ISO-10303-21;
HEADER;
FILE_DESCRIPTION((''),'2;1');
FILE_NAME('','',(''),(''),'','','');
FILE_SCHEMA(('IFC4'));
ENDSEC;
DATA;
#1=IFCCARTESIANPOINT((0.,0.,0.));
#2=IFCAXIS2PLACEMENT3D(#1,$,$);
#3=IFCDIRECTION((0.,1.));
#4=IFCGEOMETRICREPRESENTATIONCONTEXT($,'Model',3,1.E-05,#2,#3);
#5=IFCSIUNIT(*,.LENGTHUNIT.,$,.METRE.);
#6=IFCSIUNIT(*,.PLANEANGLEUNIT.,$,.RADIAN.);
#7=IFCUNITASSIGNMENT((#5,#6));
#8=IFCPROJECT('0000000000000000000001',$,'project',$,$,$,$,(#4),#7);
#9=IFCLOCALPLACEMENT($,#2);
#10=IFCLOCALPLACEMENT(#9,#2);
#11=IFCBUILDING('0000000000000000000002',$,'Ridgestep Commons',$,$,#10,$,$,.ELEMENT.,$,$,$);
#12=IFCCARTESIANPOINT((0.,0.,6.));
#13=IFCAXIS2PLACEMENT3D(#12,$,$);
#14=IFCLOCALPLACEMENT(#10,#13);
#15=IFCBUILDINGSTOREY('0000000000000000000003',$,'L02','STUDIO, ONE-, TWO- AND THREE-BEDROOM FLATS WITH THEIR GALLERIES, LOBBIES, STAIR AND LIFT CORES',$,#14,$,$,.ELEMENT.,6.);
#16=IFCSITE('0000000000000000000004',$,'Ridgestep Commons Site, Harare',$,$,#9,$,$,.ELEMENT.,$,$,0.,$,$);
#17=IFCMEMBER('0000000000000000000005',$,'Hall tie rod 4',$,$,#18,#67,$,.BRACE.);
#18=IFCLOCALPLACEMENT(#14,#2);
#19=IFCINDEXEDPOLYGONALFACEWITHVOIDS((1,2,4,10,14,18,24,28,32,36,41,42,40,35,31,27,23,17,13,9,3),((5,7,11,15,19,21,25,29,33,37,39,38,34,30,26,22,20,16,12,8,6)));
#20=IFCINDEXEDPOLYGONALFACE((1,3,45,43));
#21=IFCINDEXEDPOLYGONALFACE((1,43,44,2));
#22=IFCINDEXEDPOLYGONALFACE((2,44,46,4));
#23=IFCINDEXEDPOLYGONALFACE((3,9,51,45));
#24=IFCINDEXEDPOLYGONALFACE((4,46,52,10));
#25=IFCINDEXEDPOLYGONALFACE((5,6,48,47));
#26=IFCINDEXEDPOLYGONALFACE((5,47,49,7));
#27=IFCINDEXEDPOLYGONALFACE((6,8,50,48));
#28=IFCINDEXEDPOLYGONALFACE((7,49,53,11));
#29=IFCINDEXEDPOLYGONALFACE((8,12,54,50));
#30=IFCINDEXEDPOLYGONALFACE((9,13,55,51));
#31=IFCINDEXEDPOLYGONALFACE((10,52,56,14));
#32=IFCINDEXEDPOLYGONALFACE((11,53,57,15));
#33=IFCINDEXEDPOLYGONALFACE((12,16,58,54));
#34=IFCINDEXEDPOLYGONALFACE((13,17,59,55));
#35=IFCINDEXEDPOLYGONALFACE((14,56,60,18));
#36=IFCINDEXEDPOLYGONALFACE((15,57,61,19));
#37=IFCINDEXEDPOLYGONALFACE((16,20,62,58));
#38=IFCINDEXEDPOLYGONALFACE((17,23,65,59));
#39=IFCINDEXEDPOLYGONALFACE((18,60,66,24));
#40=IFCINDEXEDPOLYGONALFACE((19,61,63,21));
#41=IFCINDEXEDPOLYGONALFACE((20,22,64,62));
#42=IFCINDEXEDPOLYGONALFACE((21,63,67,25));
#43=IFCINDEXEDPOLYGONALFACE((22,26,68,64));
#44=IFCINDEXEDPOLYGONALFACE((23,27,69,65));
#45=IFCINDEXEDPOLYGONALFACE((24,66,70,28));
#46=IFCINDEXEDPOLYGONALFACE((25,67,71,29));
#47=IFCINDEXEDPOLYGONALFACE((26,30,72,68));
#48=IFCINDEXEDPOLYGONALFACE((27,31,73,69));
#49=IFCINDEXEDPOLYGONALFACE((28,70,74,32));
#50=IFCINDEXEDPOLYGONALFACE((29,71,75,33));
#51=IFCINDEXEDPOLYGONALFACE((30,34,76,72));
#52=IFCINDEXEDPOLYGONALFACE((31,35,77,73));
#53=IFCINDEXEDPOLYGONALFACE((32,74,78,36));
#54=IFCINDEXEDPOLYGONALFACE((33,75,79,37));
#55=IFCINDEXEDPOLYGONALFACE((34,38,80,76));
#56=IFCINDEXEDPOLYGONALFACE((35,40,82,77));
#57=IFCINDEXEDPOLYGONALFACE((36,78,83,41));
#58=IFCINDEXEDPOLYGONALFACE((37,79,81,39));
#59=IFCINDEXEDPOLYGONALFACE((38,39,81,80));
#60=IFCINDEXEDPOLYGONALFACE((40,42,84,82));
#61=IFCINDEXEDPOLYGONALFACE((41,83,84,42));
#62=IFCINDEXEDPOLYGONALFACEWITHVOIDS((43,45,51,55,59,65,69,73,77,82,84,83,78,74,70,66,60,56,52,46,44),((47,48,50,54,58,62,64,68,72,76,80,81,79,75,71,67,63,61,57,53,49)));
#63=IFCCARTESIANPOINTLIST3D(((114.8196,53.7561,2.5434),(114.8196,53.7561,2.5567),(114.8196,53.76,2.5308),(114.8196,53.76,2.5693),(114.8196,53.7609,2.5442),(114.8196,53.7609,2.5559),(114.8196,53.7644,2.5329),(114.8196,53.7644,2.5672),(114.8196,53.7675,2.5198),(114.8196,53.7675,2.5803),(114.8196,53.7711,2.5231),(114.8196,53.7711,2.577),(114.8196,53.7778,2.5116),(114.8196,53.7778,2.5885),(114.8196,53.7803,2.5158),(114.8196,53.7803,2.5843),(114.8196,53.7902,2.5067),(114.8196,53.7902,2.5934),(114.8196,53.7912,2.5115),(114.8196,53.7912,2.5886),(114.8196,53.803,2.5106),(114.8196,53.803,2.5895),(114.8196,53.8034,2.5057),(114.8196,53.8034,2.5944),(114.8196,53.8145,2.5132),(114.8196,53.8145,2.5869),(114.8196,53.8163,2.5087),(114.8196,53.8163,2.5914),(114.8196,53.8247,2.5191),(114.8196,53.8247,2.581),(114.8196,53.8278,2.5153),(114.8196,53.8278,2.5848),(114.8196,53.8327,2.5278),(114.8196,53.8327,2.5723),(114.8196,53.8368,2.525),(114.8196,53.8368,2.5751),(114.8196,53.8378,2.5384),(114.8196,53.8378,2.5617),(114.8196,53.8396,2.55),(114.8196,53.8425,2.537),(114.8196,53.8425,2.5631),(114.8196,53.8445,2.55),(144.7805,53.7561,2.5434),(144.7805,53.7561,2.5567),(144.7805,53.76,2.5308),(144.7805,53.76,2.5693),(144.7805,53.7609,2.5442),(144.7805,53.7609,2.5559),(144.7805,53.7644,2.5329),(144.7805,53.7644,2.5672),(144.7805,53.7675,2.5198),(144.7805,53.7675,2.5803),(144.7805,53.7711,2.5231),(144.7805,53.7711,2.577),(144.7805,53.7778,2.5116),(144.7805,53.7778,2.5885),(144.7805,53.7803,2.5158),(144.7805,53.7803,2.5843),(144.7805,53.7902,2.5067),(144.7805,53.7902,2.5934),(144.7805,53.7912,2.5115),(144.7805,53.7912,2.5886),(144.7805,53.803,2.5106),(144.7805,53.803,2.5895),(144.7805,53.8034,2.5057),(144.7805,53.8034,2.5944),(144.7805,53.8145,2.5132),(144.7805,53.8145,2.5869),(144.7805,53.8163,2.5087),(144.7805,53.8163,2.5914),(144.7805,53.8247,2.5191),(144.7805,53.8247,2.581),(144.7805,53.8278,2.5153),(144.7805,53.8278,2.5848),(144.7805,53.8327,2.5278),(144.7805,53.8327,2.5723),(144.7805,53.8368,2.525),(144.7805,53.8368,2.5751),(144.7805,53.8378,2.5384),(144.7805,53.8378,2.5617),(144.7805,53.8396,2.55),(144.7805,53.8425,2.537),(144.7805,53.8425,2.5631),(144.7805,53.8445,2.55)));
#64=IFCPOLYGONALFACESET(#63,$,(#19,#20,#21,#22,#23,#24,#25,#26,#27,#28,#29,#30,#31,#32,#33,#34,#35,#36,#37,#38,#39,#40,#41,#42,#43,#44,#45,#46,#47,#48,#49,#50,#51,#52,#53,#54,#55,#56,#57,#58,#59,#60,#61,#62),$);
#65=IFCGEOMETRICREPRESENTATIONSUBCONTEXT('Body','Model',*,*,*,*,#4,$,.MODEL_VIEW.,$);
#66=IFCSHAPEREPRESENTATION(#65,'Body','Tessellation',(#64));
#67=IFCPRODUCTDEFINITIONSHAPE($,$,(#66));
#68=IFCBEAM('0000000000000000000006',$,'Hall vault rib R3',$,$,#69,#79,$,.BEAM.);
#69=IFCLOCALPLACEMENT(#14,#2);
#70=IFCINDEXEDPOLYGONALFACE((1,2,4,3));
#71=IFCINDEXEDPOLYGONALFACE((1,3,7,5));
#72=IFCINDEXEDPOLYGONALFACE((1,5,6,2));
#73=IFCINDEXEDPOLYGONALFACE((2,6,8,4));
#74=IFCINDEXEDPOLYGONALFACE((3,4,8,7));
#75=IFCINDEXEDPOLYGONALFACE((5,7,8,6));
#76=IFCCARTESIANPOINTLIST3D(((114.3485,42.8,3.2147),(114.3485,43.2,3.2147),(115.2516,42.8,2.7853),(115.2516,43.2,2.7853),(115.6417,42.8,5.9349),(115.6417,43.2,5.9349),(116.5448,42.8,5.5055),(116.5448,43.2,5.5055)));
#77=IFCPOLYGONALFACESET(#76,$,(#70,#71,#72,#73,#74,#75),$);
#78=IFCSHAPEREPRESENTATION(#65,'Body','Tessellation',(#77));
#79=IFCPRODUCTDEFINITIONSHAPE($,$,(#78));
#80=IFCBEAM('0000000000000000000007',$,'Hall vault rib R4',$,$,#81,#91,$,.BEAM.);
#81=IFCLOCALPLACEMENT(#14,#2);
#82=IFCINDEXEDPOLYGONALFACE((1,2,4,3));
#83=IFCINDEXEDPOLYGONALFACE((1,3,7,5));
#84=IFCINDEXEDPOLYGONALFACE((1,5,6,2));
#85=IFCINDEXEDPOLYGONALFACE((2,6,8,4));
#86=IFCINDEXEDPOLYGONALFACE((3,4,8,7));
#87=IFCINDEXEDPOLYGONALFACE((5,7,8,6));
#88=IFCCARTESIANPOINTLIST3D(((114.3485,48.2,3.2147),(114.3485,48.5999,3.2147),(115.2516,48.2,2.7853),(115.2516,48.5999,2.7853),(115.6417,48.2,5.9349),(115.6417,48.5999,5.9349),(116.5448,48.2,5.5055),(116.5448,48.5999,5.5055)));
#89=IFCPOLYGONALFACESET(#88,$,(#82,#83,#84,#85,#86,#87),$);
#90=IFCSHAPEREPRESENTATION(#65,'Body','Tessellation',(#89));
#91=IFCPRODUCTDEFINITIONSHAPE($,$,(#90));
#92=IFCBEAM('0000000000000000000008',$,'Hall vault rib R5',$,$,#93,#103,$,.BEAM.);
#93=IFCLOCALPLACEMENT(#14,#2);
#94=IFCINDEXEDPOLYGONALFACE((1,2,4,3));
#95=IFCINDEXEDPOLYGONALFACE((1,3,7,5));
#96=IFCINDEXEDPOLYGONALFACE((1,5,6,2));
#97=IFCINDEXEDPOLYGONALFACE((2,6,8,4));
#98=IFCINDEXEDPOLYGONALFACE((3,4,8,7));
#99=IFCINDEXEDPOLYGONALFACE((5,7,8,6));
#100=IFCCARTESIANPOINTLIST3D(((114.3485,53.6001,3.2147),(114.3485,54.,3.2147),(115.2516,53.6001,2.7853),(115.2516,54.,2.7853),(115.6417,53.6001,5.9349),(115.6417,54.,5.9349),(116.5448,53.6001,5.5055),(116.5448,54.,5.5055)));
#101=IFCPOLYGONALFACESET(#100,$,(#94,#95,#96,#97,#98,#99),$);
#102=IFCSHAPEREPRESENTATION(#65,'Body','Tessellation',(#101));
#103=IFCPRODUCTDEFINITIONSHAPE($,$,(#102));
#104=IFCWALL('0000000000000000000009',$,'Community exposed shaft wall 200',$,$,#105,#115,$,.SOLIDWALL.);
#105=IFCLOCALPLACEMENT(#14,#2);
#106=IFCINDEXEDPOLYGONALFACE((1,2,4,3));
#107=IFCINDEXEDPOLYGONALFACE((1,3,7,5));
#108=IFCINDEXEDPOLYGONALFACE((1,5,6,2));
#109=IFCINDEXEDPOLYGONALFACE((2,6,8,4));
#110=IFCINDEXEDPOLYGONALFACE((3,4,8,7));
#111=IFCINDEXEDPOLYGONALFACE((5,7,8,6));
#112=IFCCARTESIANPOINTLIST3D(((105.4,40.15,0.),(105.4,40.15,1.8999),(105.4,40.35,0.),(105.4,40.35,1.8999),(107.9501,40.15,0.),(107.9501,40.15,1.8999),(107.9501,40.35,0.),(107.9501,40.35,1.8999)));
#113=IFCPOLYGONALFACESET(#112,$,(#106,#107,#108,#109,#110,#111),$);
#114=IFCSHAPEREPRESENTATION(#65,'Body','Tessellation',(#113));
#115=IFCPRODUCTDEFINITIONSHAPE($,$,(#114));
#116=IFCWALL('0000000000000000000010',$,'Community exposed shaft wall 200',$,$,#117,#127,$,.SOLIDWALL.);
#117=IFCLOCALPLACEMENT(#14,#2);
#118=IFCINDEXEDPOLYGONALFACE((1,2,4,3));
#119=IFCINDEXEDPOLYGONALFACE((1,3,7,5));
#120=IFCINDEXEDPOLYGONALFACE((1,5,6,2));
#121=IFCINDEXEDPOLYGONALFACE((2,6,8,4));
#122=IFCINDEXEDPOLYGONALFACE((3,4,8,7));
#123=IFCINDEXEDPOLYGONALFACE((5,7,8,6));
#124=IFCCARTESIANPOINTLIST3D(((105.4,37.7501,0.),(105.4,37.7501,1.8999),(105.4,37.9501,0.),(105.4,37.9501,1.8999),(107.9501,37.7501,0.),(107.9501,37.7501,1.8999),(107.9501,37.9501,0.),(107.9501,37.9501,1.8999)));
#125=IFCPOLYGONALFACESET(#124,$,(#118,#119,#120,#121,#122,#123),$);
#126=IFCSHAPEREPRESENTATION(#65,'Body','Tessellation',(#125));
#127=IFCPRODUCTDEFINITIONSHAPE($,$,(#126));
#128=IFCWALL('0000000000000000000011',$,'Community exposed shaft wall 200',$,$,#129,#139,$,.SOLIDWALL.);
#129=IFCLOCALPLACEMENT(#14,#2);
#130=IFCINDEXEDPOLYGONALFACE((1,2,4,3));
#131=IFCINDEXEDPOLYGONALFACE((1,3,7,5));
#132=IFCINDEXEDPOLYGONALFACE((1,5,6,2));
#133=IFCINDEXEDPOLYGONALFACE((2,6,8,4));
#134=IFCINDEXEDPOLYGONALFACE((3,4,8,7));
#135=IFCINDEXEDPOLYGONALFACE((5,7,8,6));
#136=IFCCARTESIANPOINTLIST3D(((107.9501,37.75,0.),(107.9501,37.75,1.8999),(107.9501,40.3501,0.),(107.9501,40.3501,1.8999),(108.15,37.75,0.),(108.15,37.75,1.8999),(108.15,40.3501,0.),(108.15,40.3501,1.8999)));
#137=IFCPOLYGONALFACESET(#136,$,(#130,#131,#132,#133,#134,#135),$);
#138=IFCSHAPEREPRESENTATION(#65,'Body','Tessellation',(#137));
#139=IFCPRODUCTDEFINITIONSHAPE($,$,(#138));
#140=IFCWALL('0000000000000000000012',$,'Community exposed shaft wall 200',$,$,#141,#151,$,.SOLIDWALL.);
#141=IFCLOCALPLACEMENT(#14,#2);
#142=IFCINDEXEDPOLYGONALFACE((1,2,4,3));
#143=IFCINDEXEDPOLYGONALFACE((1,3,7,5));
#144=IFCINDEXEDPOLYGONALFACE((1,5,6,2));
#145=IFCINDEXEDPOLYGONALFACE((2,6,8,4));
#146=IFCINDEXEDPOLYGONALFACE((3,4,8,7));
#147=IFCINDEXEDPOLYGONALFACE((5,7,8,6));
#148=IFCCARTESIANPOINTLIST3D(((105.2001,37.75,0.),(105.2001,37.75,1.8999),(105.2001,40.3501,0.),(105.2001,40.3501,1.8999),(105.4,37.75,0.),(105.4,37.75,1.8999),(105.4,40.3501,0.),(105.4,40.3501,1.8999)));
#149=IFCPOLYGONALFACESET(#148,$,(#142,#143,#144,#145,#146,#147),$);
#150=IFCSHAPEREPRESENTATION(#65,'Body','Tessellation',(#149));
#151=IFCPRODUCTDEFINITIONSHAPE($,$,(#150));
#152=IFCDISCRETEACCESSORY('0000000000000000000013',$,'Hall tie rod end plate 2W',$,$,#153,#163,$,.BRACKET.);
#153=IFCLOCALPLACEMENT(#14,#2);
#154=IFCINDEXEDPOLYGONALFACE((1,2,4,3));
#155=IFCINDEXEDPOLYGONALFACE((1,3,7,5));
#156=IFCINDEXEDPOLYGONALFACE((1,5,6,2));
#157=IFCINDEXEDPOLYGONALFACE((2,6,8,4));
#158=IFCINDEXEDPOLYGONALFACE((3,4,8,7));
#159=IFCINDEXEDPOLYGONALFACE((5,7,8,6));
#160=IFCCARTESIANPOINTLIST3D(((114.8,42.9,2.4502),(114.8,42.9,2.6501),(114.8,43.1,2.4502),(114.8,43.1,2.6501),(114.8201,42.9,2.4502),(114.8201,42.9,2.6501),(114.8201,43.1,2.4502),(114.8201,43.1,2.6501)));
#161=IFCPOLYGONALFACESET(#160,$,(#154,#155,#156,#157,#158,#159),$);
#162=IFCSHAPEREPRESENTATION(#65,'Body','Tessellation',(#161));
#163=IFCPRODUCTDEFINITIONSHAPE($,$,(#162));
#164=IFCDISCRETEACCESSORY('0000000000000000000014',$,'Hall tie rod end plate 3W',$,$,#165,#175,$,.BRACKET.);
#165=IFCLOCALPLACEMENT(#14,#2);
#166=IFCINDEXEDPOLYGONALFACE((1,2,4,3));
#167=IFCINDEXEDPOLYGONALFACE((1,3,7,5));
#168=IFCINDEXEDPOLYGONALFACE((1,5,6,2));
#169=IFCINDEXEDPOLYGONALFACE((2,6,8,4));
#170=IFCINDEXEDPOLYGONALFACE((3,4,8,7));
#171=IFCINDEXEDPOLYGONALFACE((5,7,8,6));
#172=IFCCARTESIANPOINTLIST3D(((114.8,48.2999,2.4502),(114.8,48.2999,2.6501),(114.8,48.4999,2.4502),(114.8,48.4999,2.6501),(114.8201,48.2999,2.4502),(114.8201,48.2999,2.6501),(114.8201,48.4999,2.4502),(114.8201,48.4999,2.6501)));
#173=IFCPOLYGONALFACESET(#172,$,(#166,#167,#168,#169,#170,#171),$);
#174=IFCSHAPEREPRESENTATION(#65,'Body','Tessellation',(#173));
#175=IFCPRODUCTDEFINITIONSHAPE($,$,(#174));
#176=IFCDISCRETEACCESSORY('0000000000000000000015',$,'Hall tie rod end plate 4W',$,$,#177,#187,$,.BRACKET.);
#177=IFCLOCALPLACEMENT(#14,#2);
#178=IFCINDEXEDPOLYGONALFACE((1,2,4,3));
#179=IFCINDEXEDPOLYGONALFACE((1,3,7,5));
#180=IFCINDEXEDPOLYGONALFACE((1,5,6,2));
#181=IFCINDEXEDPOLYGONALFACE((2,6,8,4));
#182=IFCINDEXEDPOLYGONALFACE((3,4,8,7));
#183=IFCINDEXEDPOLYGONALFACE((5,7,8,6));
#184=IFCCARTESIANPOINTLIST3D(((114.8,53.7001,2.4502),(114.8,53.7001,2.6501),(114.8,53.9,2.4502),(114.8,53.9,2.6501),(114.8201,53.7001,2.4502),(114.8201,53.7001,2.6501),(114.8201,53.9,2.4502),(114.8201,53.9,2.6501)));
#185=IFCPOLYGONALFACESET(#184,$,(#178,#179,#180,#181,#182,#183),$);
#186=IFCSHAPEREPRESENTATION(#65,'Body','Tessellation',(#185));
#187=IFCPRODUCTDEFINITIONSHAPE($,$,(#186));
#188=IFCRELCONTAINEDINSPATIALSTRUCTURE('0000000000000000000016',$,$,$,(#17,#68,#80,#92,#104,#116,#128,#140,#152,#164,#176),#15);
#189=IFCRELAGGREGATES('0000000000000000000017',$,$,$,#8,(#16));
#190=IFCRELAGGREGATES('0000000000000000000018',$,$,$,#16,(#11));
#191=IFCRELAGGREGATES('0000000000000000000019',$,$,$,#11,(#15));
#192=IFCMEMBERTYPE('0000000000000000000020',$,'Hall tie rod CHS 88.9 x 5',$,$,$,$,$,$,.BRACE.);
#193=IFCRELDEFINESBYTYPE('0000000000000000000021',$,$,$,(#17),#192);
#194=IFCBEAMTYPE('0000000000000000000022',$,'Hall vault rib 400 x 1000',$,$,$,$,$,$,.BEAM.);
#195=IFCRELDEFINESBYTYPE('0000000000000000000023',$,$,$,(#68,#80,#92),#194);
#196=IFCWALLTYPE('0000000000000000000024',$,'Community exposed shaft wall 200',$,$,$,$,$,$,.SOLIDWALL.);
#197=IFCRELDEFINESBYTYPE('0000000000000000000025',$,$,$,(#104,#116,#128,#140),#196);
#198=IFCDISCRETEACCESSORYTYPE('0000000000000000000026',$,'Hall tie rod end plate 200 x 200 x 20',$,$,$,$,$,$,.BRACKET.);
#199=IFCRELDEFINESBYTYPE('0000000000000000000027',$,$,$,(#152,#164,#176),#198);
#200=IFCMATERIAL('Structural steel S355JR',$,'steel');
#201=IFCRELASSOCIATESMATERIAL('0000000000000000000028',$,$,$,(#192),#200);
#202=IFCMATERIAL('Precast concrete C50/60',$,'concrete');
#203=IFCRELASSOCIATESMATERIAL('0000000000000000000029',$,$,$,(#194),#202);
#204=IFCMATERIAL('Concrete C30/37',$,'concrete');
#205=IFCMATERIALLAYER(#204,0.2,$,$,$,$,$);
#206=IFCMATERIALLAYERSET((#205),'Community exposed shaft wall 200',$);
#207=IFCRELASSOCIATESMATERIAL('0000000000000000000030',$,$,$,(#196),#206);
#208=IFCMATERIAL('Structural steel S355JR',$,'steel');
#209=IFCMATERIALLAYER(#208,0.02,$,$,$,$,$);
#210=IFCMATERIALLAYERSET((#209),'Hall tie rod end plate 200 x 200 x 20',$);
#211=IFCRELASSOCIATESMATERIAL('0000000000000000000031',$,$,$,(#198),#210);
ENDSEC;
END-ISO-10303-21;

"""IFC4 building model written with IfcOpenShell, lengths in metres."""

from ifc_helpers import new_model, si_unit, direction, frame, frame_2d, origin, origin_2d, place, context, subcontext, project, spatial, rectangle, hollow_circle, extrude, material, layer, layer_set, material_profile, profile_set, type_object, element, save


model = new_model("IFC4")

# Units and contexts
model_context = context("Model", 3, precision=1e-05, world=origin(), true_north=direction((0.0, 1.0)))
body_context = subcontext(model_context, "Body", "Model", "MODEL_VIEW")
ifc_project = project(units=[si_unit("LENGTHUNIT", "METRE"), si_unit("PLANEANGLEUNIT", "RADIAN")], contexts=[model_context])

# Site, building, storey
site_placement = place(None, origin())
site = spatial("IfcSite", under=ifc_project, at=site_placement, Name="Ridgestep Commons Site, Harare", CompositionType="ELEMENT", RefElevation=0.0)
building_placement = place(site_placement, origin())
building = spatial("IfcBuilding", under=site, at=building_placement, Name="Ridgestep Commons", CompositionType="ELEMENT")
storey_placement = place(building_placement, frame((0.0, 0.0, 6.0)))
storey = spatial("IfcBuildingStorey", under=building, at=storey_placement, Name="L02", Description="STUDIO, ONE-, TWO- AND THREE-BEDROOM FLATS WITH THEIR GALLERIES, LOBBIES, STAIR AND LIFT CORES", CompositionType="ELEMENT", Elevation=6.0)

# Member
ifc_material_1 = material(Name="Structural steel S355JR", Category="steel")
ifc_material_profile_1 = material_profile(ifc_material_1, hollow_circle(Radius=0.0444, WallThickness=0.0049, at=origin_2d()), Name="CHS 88.9x5.0")
ifc_profile_set_1 = profile_set([ifc_material_profile_1], Name="Structural steel S355JR")
member_type = type_object("IfcMemberType", Name="Hall tie rod CHS 88.9 x 5", PredefinedType="BRACE", material=ifc_profile_set_1)
for number, where, z_axis, x_axis, name in (
    (1, (114.8196, 53.8, 2.55), (1.0, 0.0, 0.0), (0.0, 1.0, 0.0), "Hall tie rod 4"),
):
    element("IfcMember", number, at=place(storey_placement, frame(where, z_axis=z_axis, x_axis=x_axis)), inside=storey, type_object=member_type, Name=name, PredefinedType="BRACE", context=body_context, shape_type="SweptSolid", body=[
        extrude(hollow_circle(Radius=0.0444, WallThickness=0.0049, at=origin_2d()), origin(), (0.0, 0.0, 1.0), 29.9609),
    ])

# Beams
ifc_material_2 = material(Name="Precast concrete C50/60", Category="concrete")
ifc_material_profile_2 = material_profile(ifc_material_2, rectangle(XDim=0.3999, YDim=1.0, at=origin_2d()), Name="Hall vault rib 400 x 1000")
ifc_profile_set_2 = profile_set([ifc_material_profile_2], Name="Precast concrete C50/60")
beam_type = type_object("IfcBeamType", Name="Hall vault rib 400 x 1000", PredefinedType="BEAM", material=ifc_profile_set_2)
for number, where, z_axis, x_axis, name in (
    (2, (114.8, 43.0, 3.0), (0.429358, 0.0, 0.903135), (0.0, 1.0, 0.0), "Hall vault rib R3"),
    (3, (114.8, 48.3999, 3.0), (0.429358, 0.0, 0.903135), (0.0, 1.0, 0.0), "Hall vault rib R4"),
    (4, (114.8, 53.8, 3.0), (0.429358, 0.0, 0.903135), (0.0, 1.0, 0.0), "Hall vault rib R5"),
):
    element("IfcBeam", number, at=place(storey_placement, frame(where, z_axis=z_axis, x_axis=x_axis)), inside=storey, type_object=beam_type, Name=name, PredefinedType="BEAM", context=body_context, shape_type="SweptSolid", body=[
        extrude(rectangle(XDim=0.3999, YDim=1.0, at=origin_2d()), origin(), (0.0, 0.0, 1.0), 3.012),
    ])

# Walls
ifc_material_3 = material(Name="Concrete C30/37", Category="concrete")
ifc_layer_1 = layer(ifc_material_3, 0.2)
ifc_layer_set_1 = layer_set([ifc_layer_1], Name="Community exposed shaft wall 200")
wall_type = type_object("IfcWallType", Name="Community exposed shaft wall 200", PredefinedType="SOLIDWALL", material=ifc_layer_set_1)
for number, where, z_axis, x_axis, name in (
    (5, (107.95, 40.25, 0.0), (0.0, 0.0, 1.0), (-1.0, 0.0, 0.0), "Community exposed shaft wall 200"),
    (6, (107.95, 37.8501, 0.0), (0.0, 0.0, 1.0), (-1.0, 0.0, 0.0), "Community exposed shaft wall 200"),
):
    element("IfcWall", number, at=place(storey_placement, frame(where, z_axis=z_axis, x_axis=x_axis)), inside=storey, type_object=wall_type, Name=name, PredefinedType="SOLIDWALL", context=body_context, shape_type="SweptSolid", body=[
        extrude(rectangle(XDim=2.55, YDim=0.2, at=frame_2d((1.2749, 0.0))), origin(), (0.0, 0.0, 1.0), 1.8999),
    ])
for number, where, z_axis, x_axis, name in (
    (7, (108.05, 37.75, 0.0), (0.0, 0.0, 1.0), (0.0, 1.0, 0.0), "Community exposed shaft wall 200"),
    (8, (105.3, 37.75, 0.0), (0.0, 0.0, 1.0), (0.0, 1.0, 0.0), "Community exposed shaft wall 200"),
):
    element("IfcWall", number, at=place(storey_placement, frame(where, z_axis=z_axis, x_axis=x_axis)), inside=storey, type_object=wall_type, Name=name, PredefinedType="SOLIDWALL", context=body_context, shape_type="SweptSolid", body=[
        extrude(rectangle(XDim=2.6001, YDim=0.2, at=frame_2d((1.3, 0.0))), origin(), (0.0, 0.0, 1.0), 1.8999),
    ])

# Discrete accessories
ifc_material_4 = material(Name="Structural steel S355JR", Category="steel")
ifc_layer_2 = layer(ifc_material_4, 0.02)
ifc_layer_set_2 = layer_set([ifc_layer_2], Name="Hall tie rod end plate 200 x 200 x 20")
discrete_accessory_type = type_object("IfcDiscreteAccessoryType", Name="Hall tie rod end plate 200 x 200 x 20", PredefinedType="BRACKET", material=ifc_layer_set_2)
for number, where, z_axis, x_axis, name in (
    (9, (114.8101, 43.0, 2.4502), (0.0, 0.0, 1.0), (1.0, 0.0, 0.0), "Hall tie rod end plate 2W"),
    (10, (114.8101, 48.3999, 2.4502), (0.0, 0.0, 1.0), (1.0, 0.0, 0.0), "Hall tie rod end plate 3W"),
    (11, (114.8101, 53.8, 2.4502), (0.0, 0.0, 1.0), (1.0, 0.0, 0.0), "Hall tie rod end plate 4W"),
):
    element("IfcDiscreteAccessory", number, at=place(storey_placement, frame(where, z_axis=z_axis, x_axis=x_axis)), inside=storey, type_object=discrete_accessory_type, Name=name, PredefinedType="BRACKET", context=body_context, shape_type="SweptSolid", body=[
        extrude(rectangle(XDim=0.02, YDim=0.2, at=origin_2d()), origin(), (0.0, 0.0, 1.0), 0.2),
    ])

save(model, "model.ifc")
